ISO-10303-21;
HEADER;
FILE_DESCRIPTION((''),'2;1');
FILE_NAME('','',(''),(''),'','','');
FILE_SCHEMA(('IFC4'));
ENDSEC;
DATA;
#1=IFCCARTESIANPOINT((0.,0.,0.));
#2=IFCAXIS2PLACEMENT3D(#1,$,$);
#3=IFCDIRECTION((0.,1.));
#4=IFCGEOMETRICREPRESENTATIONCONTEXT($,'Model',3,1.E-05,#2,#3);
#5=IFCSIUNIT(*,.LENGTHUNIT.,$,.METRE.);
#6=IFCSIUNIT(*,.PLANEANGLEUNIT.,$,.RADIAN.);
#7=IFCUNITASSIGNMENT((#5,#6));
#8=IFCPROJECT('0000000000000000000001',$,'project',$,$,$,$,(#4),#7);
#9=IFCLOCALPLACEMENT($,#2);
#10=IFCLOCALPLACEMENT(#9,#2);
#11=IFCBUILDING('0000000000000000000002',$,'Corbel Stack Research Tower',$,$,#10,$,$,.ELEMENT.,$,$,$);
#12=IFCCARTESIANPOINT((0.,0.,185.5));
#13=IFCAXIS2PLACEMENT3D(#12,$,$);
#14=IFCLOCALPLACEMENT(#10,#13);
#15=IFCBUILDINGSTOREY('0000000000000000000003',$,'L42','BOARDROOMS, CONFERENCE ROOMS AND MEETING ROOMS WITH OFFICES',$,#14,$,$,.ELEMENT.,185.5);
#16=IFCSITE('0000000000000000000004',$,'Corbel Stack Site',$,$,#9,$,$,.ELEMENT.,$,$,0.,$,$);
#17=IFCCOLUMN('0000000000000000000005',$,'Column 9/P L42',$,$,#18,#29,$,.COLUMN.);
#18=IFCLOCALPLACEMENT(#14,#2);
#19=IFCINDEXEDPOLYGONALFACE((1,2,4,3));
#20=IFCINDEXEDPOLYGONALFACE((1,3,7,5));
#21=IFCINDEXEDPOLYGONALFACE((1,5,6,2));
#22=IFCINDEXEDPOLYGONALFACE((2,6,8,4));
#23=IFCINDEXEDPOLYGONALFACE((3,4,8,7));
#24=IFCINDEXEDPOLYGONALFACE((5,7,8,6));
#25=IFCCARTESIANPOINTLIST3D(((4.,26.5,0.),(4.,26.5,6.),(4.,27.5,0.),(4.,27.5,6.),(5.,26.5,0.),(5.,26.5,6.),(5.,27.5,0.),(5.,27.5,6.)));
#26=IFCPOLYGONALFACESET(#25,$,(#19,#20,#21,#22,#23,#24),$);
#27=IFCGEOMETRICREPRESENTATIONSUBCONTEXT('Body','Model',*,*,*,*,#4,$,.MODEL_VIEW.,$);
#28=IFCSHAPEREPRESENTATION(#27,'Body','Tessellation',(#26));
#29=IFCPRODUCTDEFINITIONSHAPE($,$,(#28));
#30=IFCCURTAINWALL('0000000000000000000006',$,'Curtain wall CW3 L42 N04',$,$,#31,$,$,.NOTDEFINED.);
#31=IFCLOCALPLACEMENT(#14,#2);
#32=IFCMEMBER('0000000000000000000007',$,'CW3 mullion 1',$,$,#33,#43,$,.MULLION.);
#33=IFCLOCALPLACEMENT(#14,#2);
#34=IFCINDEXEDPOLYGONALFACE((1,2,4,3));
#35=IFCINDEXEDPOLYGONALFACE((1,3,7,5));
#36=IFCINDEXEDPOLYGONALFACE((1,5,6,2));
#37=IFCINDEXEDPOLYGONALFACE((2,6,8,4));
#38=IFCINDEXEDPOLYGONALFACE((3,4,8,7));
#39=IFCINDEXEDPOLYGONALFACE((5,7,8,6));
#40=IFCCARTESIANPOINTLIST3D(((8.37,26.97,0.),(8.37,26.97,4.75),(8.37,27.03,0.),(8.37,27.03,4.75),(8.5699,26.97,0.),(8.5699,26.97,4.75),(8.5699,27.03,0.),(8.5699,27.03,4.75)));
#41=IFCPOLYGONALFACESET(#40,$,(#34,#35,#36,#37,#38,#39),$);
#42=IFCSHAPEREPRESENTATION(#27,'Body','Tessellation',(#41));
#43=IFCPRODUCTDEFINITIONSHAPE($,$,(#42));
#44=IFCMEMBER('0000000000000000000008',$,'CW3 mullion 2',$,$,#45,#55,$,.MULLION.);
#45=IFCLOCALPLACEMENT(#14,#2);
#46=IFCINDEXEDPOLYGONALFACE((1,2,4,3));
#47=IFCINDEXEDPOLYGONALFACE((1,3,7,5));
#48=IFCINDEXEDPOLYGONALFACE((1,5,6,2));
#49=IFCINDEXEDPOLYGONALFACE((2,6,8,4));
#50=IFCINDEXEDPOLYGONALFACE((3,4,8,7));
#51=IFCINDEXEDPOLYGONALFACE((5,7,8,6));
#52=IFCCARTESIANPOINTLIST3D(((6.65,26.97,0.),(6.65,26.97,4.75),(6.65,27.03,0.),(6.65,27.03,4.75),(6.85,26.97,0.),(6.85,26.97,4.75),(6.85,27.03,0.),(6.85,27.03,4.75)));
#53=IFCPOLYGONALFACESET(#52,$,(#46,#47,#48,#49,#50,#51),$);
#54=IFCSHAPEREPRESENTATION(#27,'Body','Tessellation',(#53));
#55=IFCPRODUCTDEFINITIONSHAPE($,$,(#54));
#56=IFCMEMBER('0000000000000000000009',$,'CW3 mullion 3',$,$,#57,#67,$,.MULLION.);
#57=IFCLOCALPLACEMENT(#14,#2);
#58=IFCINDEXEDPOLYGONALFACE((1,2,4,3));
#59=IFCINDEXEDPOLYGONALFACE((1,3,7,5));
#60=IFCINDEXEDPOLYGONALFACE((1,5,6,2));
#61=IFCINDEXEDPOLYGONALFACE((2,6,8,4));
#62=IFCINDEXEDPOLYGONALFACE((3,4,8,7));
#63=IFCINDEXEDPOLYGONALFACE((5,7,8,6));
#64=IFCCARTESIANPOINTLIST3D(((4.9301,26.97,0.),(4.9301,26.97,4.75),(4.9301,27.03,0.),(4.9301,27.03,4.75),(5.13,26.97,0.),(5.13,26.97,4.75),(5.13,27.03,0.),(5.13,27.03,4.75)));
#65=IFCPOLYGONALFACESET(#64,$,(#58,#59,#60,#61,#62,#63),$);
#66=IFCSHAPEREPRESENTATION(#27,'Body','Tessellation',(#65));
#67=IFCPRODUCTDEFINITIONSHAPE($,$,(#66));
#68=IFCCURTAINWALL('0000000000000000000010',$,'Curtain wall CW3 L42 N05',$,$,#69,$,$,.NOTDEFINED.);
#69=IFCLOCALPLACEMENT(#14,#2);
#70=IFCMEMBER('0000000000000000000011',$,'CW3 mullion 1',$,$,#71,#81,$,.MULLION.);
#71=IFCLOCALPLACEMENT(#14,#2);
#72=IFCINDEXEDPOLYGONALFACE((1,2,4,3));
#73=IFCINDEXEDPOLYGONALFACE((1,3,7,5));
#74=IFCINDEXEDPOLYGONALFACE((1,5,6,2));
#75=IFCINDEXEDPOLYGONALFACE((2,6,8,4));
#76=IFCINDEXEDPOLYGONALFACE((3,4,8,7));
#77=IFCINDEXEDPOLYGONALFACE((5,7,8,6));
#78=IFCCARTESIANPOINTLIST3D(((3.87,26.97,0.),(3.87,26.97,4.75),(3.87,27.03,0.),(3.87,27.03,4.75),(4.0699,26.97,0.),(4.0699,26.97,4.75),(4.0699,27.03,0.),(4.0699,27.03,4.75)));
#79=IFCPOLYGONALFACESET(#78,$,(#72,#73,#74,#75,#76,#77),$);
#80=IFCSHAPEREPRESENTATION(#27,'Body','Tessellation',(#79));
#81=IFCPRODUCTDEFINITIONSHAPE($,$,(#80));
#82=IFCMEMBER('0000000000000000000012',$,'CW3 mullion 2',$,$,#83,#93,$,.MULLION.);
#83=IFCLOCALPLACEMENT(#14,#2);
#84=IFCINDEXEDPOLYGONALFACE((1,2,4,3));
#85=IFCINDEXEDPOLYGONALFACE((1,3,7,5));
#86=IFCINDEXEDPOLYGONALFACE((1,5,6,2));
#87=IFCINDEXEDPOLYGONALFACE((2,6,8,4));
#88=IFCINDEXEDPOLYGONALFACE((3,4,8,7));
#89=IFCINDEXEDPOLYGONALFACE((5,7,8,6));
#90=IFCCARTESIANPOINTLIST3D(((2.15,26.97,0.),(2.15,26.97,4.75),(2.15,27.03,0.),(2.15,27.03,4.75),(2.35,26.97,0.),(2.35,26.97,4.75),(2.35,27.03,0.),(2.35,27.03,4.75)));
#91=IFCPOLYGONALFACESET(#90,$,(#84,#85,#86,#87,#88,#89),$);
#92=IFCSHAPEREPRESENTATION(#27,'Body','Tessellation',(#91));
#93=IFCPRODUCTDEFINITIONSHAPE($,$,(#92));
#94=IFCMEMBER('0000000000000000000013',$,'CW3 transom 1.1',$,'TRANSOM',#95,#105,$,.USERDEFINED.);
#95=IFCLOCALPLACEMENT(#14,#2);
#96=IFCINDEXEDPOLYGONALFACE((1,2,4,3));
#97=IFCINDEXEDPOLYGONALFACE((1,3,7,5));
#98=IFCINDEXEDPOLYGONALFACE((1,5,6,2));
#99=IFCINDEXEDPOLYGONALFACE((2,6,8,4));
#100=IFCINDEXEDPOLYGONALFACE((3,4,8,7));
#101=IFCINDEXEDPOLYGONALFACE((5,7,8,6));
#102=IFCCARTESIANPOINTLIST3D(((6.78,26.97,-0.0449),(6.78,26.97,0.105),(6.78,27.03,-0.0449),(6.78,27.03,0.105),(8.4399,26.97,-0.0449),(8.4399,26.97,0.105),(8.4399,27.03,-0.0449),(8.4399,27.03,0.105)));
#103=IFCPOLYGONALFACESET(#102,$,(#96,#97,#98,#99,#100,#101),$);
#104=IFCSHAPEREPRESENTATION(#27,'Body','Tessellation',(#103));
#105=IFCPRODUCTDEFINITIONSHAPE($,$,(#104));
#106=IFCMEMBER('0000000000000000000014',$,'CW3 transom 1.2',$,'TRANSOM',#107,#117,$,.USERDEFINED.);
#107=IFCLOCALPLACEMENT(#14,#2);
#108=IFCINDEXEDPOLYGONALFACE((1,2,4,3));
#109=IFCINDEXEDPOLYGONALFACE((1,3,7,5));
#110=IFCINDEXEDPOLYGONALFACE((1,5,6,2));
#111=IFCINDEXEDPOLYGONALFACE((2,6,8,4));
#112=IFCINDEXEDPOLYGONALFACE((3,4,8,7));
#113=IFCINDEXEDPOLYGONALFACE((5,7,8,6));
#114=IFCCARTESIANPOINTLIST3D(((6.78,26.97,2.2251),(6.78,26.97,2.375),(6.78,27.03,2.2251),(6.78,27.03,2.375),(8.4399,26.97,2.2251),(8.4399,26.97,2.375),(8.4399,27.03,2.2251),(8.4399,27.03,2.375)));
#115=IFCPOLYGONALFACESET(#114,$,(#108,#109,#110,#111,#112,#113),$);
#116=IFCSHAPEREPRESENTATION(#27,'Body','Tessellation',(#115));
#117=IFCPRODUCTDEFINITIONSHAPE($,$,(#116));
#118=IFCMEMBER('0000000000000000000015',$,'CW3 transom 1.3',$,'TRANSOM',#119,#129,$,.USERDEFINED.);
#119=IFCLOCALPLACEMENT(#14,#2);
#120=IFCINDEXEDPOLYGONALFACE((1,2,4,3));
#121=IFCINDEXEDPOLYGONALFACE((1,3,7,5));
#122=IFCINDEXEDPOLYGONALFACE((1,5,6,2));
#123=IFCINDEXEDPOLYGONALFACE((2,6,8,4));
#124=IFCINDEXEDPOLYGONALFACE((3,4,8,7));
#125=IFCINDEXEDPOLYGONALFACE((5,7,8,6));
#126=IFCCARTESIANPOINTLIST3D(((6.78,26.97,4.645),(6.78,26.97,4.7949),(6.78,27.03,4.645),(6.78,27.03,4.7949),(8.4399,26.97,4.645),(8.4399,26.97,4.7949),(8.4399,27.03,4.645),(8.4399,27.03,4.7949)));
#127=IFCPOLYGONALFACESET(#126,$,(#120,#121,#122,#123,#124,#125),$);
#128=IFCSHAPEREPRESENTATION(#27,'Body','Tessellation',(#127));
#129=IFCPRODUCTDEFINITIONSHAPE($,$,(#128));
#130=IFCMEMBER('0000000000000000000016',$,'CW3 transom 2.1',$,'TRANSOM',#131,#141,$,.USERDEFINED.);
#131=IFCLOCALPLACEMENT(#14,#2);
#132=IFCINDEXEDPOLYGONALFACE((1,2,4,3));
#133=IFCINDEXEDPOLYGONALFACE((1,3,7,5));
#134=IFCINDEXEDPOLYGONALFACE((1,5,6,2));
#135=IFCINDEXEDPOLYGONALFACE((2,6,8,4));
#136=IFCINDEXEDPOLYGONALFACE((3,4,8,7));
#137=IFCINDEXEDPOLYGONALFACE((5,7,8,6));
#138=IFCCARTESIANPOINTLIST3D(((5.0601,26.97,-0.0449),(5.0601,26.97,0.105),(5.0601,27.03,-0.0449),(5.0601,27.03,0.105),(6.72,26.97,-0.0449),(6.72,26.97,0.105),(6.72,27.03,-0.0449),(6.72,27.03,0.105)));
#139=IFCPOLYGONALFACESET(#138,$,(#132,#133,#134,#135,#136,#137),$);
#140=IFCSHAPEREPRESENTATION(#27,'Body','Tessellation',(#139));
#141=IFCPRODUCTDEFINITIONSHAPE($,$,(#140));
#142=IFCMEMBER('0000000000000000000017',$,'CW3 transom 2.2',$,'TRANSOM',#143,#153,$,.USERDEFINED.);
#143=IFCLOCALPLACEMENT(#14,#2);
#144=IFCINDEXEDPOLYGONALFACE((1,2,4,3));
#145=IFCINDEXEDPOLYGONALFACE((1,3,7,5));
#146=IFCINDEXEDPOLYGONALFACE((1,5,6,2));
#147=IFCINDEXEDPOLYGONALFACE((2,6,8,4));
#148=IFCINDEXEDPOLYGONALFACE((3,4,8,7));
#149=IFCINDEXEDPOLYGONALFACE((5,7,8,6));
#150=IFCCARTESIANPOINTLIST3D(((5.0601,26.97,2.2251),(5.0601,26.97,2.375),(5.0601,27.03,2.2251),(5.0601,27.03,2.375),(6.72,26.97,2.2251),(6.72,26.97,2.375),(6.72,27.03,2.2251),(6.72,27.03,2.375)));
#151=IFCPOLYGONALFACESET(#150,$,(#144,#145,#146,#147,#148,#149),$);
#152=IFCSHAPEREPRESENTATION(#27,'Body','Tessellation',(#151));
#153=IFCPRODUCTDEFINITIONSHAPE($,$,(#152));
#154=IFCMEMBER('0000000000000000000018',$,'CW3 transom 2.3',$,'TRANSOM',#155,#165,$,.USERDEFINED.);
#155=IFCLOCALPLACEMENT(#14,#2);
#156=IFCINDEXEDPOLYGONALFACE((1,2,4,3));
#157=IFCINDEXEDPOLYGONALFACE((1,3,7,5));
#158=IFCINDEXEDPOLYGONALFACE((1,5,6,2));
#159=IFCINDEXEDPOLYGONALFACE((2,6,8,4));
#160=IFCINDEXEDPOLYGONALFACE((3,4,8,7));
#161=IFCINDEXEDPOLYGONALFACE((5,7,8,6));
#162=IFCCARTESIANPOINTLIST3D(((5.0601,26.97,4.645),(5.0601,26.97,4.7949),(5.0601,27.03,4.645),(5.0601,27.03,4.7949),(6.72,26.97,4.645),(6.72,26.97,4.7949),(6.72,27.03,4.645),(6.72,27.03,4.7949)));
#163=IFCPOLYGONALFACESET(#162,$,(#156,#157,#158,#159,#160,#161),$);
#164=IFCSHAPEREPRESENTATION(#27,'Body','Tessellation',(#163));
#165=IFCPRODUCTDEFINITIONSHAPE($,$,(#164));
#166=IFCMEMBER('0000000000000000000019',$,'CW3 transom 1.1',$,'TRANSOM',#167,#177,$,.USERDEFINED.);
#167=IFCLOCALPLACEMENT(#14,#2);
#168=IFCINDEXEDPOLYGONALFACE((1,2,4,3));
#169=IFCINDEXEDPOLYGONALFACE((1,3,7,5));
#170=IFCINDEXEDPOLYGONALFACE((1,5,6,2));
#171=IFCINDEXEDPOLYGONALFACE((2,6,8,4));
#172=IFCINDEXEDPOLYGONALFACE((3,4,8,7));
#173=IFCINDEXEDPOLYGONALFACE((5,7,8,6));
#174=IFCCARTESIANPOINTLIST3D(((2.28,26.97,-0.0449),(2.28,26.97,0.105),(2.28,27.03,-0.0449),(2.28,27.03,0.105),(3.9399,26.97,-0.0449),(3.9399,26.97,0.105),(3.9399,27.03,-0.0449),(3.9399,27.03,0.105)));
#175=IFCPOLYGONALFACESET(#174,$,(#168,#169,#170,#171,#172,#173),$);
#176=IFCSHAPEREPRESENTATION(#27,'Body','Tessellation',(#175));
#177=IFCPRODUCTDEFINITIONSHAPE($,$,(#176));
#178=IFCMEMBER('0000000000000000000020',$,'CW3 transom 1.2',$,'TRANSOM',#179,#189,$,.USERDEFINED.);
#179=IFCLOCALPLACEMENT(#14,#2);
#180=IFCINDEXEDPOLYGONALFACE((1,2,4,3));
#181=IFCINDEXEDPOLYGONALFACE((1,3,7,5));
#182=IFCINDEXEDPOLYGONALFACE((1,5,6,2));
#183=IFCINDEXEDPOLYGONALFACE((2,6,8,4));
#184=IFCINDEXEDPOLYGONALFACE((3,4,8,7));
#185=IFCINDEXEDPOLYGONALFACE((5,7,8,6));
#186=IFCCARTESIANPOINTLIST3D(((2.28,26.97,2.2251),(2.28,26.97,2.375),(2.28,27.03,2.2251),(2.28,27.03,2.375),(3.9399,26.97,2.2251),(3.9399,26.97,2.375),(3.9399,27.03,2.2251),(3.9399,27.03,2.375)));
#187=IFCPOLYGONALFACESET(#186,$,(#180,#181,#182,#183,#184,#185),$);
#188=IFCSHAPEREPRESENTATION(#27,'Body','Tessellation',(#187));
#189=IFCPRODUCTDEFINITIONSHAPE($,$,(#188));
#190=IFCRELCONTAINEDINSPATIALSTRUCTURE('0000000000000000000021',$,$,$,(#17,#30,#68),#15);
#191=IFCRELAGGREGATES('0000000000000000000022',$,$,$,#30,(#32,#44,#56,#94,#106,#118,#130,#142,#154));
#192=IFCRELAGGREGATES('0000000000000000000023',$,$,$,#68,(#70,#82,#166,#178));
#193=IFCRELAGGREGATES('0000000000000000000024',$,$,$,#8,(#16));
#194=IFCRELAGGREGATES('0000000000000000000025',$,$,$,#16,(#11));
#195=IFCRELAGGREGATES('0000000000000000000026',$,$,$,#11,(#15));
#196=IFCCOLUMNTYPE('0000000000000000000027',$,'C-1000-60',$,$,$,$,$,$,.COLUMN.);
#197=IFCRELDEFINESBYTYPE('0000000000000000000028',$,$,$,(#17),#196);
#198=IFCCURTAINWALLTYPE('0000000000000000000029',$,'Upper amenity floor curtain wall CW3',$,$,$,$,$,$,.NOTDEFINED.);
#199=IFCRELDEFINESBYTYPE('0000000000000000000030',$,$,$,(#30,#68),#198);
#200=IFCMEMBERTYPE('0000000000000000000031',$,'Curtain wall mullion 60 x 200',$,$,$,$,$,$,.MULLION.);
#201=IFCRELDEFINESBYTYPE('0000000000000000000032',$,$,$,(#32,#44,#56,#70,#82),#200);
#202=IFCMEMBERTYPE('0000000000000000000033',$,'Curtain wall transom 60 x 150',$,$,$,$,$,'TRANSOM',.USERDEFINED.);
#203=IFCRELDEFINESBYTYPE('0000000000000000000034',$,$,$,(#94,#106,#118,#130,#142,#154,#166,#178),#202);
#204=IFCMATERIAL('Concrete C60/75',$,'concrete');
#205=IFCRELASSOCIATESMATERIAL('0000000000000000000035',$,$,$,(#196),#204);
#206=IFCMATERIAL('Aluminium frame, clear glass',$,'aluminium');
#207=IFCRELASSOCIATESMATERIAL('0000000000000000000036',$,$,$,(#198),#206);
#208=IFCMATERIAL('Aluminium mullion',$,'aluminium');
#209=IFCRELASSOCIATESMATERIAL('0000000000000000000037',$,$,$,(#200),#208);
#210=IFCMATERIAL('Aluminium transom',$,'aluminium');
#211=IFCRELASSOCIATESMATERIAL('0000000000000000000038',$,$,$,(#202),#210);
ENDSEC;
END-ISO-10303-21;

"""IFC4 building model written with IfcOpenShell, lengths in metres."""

from ifc_helpers import new_model, si_unit, direction, frame, origin, origin_2d, place, context, subcontext, project, spatial, rectangle, extrude, material, material_profile, profile_set, type_object, element, aggregate, save


model = new_model("IFC4")

# Units and contexts
model_context = context("Model", 3, precision=1e-05, world=origin(), true_north=direction((0.0, 1.0)))
body_context = subcontext(model_context, "Body", "Model", "MODEL_VIEW")
ifc_project = project(units=[si_unit("LENGTHUNIT", "METRE"), si_unit("PLANEANGLEUNIT", "RADIAN")], contexts=[model_context])

# Site, building, storey
site_placement = place(None, origin())
site = spatial("IfcSite", under=ifc_project, at=site_placement, Name="Corbel Stack Site", CompositionType="ELEMENT", RefElevation=0.0)
building_placement = place(site_placement, origin())
building = spatial("IfcBuilding", under=site, at=building_placement, Name="Corbel Stack Research Tower", CompositionType="ELEMENT")
storey_placement = place(building_placement, frame((0.0, 0.0, 185.5)))
storey = spatial("IfcBuildingStorey", under=building, at=storey_placement, Name="L42", Description="BOARDROOMS, CONFERENCE ROOMS AND MEETING ROOMS WITH OFFICES", CompositionType="ELEMENT", Elevation=185.5)

# Column
ifc_material_1 = material(Name="Concrete C60/75", Category="concrete")
ifc_material_profile_1 = material_profile(ifc_material_1, rectangle(XDim=1.0, YDim=1.0, at=origin_2d()), Name="RC 1000 x 1000")
ifc_profile_set_1 = profile_set([ifc_material_profile_1], Name="Concrete C60/75")
column_type = type_object("IfcColumnType", Name="C-1000-60", PredefinedType="COLUMN", material=ifc_profile_set_1)
column_placement = place(storey_placement, frame((4.5, 27.0, 0.0), z_axis=(0.0, 0.0, 1.0), x_axis=(1.0, 0.0, 0.0)))
element("IfcColumn", 1, at=column_placement, inside=storey, type_object=column_type, Name="Column 9/P L42", PredefinedType="COLUMN", context=body_context, shape_type="SweptSolid", body=[
    extrude(rectangle(XDim=1.0, YDim=1.0, at=origin_2d()), origin(), (0.0, 0.0, 1.0), 6.0),
])

# Curtain walls, members
ifc_material_2 = material(Name="Aluminium frame, clear glass", Category="aluminium")
curtain_wall_type = type_object("IfcCurtainWallType", Name="Upper amenity floor curtain wall CW3", PredefinedType="NOTDEFINED", material=ifc_material_2)
curtain_wall_1_placement = place(storey_placement, origin())
curtain_wall_1 = element("IfcCurtainWall", 2, at=curtain_wall_1_placement, inside=storey, type_object=curtain_wall_type, Name="Curtain wall CW3 L42 N04", PredefinedType="NOTDEFINED")
ifc_material_3 = material(Name="Aluminium mullion", Category="aluminium")
ifc_material_profile_2 = material_profile(ifc_material_3, rectangle(XDim=0.0601, YDim=0.2, at=origin_2d()), Name="Mullion 60 x 200")
ifc_profile_set_2 = profile_set([ifc_material_profile_2], Name="Aluminium mullion")
member_type_1 = type_object("IfcMemberType", Name="Curtain wall mullion 60 x 200", PredefinedType="MULLION", material=ifc_profile_set_2)
member_1_placement = place(storey_placement, frame((8.47, 27.0, 0.0), z_axis=(0.0, 0.0, 1.0), x_axis=(0.0, -1.0, 0.0)))
member_1 = element("IfcMember", 3, at=member_1_placement, type_object=member_type_1, Name="CW3 mullion 1", PredefinedType="MULLION", context=body_context, shape_type="SweptSolid", body=[
    extrude(rectangle(XDim=0.0601, YDim=0.2, at=origin_2d()), origin(), (0.0, 0.0, 1.0), 4.75),
])
member_2_placement = place(storey_placement, frame((6.75, 27.0, 0.0), z_axis=(0.0, 0.0, 1.0), x_axis=(0.0, -1.0, 0.0)))
member_2 = element("IfcMember", 4, at=member_2_placement, type_object=member_type_1, Name="CW3 mullion 2", PredefinedType="MULLION", context=body_context, shape_type="SweptSolid", body=[
    extrude(rectangle(XDim=0.0601, YDim=0.2, at=origin_2d()), origin(), (0.0, 0.0, 1.0), 4.75),
])
member_3_placement = place(storey_placement, frame((5.03, 27.0, 0.0), z_axis=(0.0, 0.0, 1.0), x_axis=(0.0, -1.0, 0.0)))
member_3 = element("IfcMember", 5, at=member_3_placement, type_object=member_type_1, Name="CW3 mullion 3", PredefinedType="MULLION", context=body_context, shape_type="SweptSolid", body=[
    extrude(rectangle(XDim=0.0601, YDim=0.2, at=origin_2d()), origin(), (0.0, 0.0, 1.0), 4.75),
])
curtain_wall_2_placement = place(storey_placement, origin())
curtain_wall_2 = element("IfcCurtainWall", 6, at=curtain_wall_2_placement, inside=storey, type_object=curtain_wall_type, Name="Curtain wall CW3 L42 N05", PredefinedType="NOTDEFINED")
member_4_placement = place(storey_placement, frame((3.97, 27.0, 0.0), z_axis=(0.0, 0.0, 1.0), x_axis=(0.0, -1.0, 0.0)))
member_4 = element("IfcMember", 7, at=member_4_placement, type_object=member_type_1, Name="CW3 mullion 1", PredefinedType="MULLION", context=body_context, shape_type="SweptSolid", body=[
    extrude(rectangle(XDim=0.0601, YDim=0.2, at=origin_2d()), origin(), (0.0, 0.0, 1.0), 4.75),
])
member_5_placement = place(storey_placement, frame((2.25, 27.0, 0.0), z_axis=(0.0, 0.0, 1.0), x_axis=(0.0, -1.0, 0.0)))
member_5 = element("IfcMember", 8, at=member_5_placement, type_object=member_type_1, Name="CW3 mullion 2", PredefinedType="MULLION", context=body_context, shape_type="SweptSolid", body=[
    extrude(rectangle(XDim=0.0601, YDim=0.2, at=origin_2d()), origin(), (0.0, 0.0, 1.0), 4.75),
])

# Members
ifc_material_4 = material(Name="Aluminium transom", Category="aluminium")
ifc_material_profile_3 = material_profile(ifc_material_4, rectangle(XDim=0.0601, YDim=0.1499, at=origin_2d()), Name="Transom 60 x 150")
ifc_profile_set_3 = profile_set([ifc_material_profile_3], Name="Aluminium transom")
member_type_2 = type_object("IfcMemberType", Name="Curtain wall transom 60 x 150", ElementType="TRANSOM", PredefinedType="USERDEFINED", material=ifc_profile_set_3)
member_6_placement = place(storey_placement, frame((8.4399, 27.0, 0.03), z_axis=(-1.0, 0.0, 0.0), x_axis=(0.0, -1.0, 0.0)))
member_6 = element("IfcMember", 9, at=member_6_placement, type_object=member_type_2, Name="CW3 transom 1.1", ObjectType="TRANSOM", PredefinedType="USERDEFINED", context=body_context, shape_type="SweptSolid", body=[
    extrude(rectangle(XDim=0.0601, YDim=0.1499, at=origin_2d()), origin(), (0.0, 0.0, 1.0), 1.6599),
])
member_7_placement = place(storey_placement, frame((8.4399, 27.0, 2.3), z_axis=(-1.0, 0.0, 0.0), x_axis=(0.0, -1.0, 0.0)))
member_7 = element("IfcMember", 10, at=member_7_placement, type_object=member_type_2, Name="CW3 transom 1.2", ObjectType="TRANSOM", PredefinedType="USERDEFINED", context=body_context, shape_type="SweptSolid", body=[
    extrude(rectangle(XDim=0.0601, YDim=0.1499, at=origin_2d()), origin(), (0.0, 0.0, 1.0), 1.6599),
])
member_8_placement = place(storey_placement, frame((8.4399, 27.0, 4.72), z_axis=(-1.0, 0.0, 0.0), x_axis=(0.0, -1.0, 0.0)))
member_8 = element("IfcMember", 11, at=member_8_placement, type_object=member_type_2, Name="CW3 transom 1.3", ObjectType="TRANSOM", PredefinedType="USERDEFINED", context=body_context, shape_type="SweptSolid", body=[
    extrude(rectangle(XDim=0.0601, YDim=0.1499, at=origin_2d()), origin(), (0.0, 0.0, 1.0), 1.6599),
])
member_9_placement = place(storey_placement, frame((6.72, 27.0, 0.03), z_axis=(-1.0, 0.0, 0.0), x_axis=(0.0, -1.0, 0.0)))
member_9 = element("IfcMember", 12, at=member_9_placement, type_object=member_type_2, Name="CW3 transom 2.1", ObjectType="TRANSOM", PredefinedType="USERDEFINED", context=body_context, shape_type="SweptSolid", body=[
    extrude(rectangle(XDim=0.0601, YDim=0.1499, at=origin_2d()), origin(), (0.0, 0.0, 1.0), 1.6599),
])
member_10_placement = place(storey_placement, frame((6.72, 27.0, 2.3), z_axis=(-1.0, 0.0, 0.0), x_axis=(0.0, -1.0, 0.0)))
member_10 = element("IfcMember", 13, at=member_10_placement, type_object=member_type_2, Name="CW3 transom 2.2", ObjectType="TRANSOM", PredefinedType="USERDEFINED", context=body_context, shape_type="SweptSolid", body=[
    extrude(rectangle(XDim=0.0601, YDim=0.1499, at=origin_2d()), origin(), (0.0, 0.0, 1.0), 1.6599),
])
member_11_placement = place(storey_placement, frame((6.72, 27.0, 4.72), z_axis=(-1.0, 0.0, 0.0), x_axis=(0.0, -1.0, 0.0)))
member_11 = element("IfcMember", 14, at=member_11_placement, type_object=member_type_2, Name="CW3 transom 2.3", ObjectType="TRANSOM", PredefinedType="USERDEFINED", context=body_context, shape_type="SweptSolid", body=[
    extrude(rectangle(XDim=0.0601, YDim=0.1499, at=origin_2d()), origin(), (0.0, 0.0, 1.0), 1.6599),
])
member_12_placement = place(storey_placement, frame((3.9399, 27.0, 0.03), z_axis=(-1.0, 0.0, 0.0), x_axis=(0.0, -1.0, 0.0)))
member_12 = element("IfcMember", 15, at=member_12_placement, type_object=member_type_2, Name="CW3 transom 1.1", ObjectType="TRANSOM", PredefinedType="USERDEFINED", context=body_context, shape_type="SweptSolid", body=[
    extrude(rectangle(XDim=0.0601, YDim=0.1499, at=origin_2d()), origin(), (0.0, 0.0, 1.0), 1.6599),
])
member_13_placement = place(storey_placement, frame((3.9399, 27.0, 2.3), z_axis=(-1.0, 0.0, 0.0), x_axis=(0.0, -1.0, 0.0)))
member_13 = element("IfcMember", 16, at=member_13_placement, type_object=member_type_2, Name="CW3 transom 1.2", ObjectType="TRANSOM", PredefinedType="USERDEFINED", context=body_context, shape_type="SweptSolid", body=[
    extrude(rectangle(XDim=0.0601, YDim=0.1499, at=origin_2d()), origin(), (0.0, 0.0, 1.0), 1.6599),
])

aggregate(curtain_wall_1, [member_1, member_2, member_3, member_6, member_7, member_8, member_9, member_10, member_11])
aggregate(curtain_wall_2, [member_4, member_5, member_12, member_13])

save(model, "model.ifc")
